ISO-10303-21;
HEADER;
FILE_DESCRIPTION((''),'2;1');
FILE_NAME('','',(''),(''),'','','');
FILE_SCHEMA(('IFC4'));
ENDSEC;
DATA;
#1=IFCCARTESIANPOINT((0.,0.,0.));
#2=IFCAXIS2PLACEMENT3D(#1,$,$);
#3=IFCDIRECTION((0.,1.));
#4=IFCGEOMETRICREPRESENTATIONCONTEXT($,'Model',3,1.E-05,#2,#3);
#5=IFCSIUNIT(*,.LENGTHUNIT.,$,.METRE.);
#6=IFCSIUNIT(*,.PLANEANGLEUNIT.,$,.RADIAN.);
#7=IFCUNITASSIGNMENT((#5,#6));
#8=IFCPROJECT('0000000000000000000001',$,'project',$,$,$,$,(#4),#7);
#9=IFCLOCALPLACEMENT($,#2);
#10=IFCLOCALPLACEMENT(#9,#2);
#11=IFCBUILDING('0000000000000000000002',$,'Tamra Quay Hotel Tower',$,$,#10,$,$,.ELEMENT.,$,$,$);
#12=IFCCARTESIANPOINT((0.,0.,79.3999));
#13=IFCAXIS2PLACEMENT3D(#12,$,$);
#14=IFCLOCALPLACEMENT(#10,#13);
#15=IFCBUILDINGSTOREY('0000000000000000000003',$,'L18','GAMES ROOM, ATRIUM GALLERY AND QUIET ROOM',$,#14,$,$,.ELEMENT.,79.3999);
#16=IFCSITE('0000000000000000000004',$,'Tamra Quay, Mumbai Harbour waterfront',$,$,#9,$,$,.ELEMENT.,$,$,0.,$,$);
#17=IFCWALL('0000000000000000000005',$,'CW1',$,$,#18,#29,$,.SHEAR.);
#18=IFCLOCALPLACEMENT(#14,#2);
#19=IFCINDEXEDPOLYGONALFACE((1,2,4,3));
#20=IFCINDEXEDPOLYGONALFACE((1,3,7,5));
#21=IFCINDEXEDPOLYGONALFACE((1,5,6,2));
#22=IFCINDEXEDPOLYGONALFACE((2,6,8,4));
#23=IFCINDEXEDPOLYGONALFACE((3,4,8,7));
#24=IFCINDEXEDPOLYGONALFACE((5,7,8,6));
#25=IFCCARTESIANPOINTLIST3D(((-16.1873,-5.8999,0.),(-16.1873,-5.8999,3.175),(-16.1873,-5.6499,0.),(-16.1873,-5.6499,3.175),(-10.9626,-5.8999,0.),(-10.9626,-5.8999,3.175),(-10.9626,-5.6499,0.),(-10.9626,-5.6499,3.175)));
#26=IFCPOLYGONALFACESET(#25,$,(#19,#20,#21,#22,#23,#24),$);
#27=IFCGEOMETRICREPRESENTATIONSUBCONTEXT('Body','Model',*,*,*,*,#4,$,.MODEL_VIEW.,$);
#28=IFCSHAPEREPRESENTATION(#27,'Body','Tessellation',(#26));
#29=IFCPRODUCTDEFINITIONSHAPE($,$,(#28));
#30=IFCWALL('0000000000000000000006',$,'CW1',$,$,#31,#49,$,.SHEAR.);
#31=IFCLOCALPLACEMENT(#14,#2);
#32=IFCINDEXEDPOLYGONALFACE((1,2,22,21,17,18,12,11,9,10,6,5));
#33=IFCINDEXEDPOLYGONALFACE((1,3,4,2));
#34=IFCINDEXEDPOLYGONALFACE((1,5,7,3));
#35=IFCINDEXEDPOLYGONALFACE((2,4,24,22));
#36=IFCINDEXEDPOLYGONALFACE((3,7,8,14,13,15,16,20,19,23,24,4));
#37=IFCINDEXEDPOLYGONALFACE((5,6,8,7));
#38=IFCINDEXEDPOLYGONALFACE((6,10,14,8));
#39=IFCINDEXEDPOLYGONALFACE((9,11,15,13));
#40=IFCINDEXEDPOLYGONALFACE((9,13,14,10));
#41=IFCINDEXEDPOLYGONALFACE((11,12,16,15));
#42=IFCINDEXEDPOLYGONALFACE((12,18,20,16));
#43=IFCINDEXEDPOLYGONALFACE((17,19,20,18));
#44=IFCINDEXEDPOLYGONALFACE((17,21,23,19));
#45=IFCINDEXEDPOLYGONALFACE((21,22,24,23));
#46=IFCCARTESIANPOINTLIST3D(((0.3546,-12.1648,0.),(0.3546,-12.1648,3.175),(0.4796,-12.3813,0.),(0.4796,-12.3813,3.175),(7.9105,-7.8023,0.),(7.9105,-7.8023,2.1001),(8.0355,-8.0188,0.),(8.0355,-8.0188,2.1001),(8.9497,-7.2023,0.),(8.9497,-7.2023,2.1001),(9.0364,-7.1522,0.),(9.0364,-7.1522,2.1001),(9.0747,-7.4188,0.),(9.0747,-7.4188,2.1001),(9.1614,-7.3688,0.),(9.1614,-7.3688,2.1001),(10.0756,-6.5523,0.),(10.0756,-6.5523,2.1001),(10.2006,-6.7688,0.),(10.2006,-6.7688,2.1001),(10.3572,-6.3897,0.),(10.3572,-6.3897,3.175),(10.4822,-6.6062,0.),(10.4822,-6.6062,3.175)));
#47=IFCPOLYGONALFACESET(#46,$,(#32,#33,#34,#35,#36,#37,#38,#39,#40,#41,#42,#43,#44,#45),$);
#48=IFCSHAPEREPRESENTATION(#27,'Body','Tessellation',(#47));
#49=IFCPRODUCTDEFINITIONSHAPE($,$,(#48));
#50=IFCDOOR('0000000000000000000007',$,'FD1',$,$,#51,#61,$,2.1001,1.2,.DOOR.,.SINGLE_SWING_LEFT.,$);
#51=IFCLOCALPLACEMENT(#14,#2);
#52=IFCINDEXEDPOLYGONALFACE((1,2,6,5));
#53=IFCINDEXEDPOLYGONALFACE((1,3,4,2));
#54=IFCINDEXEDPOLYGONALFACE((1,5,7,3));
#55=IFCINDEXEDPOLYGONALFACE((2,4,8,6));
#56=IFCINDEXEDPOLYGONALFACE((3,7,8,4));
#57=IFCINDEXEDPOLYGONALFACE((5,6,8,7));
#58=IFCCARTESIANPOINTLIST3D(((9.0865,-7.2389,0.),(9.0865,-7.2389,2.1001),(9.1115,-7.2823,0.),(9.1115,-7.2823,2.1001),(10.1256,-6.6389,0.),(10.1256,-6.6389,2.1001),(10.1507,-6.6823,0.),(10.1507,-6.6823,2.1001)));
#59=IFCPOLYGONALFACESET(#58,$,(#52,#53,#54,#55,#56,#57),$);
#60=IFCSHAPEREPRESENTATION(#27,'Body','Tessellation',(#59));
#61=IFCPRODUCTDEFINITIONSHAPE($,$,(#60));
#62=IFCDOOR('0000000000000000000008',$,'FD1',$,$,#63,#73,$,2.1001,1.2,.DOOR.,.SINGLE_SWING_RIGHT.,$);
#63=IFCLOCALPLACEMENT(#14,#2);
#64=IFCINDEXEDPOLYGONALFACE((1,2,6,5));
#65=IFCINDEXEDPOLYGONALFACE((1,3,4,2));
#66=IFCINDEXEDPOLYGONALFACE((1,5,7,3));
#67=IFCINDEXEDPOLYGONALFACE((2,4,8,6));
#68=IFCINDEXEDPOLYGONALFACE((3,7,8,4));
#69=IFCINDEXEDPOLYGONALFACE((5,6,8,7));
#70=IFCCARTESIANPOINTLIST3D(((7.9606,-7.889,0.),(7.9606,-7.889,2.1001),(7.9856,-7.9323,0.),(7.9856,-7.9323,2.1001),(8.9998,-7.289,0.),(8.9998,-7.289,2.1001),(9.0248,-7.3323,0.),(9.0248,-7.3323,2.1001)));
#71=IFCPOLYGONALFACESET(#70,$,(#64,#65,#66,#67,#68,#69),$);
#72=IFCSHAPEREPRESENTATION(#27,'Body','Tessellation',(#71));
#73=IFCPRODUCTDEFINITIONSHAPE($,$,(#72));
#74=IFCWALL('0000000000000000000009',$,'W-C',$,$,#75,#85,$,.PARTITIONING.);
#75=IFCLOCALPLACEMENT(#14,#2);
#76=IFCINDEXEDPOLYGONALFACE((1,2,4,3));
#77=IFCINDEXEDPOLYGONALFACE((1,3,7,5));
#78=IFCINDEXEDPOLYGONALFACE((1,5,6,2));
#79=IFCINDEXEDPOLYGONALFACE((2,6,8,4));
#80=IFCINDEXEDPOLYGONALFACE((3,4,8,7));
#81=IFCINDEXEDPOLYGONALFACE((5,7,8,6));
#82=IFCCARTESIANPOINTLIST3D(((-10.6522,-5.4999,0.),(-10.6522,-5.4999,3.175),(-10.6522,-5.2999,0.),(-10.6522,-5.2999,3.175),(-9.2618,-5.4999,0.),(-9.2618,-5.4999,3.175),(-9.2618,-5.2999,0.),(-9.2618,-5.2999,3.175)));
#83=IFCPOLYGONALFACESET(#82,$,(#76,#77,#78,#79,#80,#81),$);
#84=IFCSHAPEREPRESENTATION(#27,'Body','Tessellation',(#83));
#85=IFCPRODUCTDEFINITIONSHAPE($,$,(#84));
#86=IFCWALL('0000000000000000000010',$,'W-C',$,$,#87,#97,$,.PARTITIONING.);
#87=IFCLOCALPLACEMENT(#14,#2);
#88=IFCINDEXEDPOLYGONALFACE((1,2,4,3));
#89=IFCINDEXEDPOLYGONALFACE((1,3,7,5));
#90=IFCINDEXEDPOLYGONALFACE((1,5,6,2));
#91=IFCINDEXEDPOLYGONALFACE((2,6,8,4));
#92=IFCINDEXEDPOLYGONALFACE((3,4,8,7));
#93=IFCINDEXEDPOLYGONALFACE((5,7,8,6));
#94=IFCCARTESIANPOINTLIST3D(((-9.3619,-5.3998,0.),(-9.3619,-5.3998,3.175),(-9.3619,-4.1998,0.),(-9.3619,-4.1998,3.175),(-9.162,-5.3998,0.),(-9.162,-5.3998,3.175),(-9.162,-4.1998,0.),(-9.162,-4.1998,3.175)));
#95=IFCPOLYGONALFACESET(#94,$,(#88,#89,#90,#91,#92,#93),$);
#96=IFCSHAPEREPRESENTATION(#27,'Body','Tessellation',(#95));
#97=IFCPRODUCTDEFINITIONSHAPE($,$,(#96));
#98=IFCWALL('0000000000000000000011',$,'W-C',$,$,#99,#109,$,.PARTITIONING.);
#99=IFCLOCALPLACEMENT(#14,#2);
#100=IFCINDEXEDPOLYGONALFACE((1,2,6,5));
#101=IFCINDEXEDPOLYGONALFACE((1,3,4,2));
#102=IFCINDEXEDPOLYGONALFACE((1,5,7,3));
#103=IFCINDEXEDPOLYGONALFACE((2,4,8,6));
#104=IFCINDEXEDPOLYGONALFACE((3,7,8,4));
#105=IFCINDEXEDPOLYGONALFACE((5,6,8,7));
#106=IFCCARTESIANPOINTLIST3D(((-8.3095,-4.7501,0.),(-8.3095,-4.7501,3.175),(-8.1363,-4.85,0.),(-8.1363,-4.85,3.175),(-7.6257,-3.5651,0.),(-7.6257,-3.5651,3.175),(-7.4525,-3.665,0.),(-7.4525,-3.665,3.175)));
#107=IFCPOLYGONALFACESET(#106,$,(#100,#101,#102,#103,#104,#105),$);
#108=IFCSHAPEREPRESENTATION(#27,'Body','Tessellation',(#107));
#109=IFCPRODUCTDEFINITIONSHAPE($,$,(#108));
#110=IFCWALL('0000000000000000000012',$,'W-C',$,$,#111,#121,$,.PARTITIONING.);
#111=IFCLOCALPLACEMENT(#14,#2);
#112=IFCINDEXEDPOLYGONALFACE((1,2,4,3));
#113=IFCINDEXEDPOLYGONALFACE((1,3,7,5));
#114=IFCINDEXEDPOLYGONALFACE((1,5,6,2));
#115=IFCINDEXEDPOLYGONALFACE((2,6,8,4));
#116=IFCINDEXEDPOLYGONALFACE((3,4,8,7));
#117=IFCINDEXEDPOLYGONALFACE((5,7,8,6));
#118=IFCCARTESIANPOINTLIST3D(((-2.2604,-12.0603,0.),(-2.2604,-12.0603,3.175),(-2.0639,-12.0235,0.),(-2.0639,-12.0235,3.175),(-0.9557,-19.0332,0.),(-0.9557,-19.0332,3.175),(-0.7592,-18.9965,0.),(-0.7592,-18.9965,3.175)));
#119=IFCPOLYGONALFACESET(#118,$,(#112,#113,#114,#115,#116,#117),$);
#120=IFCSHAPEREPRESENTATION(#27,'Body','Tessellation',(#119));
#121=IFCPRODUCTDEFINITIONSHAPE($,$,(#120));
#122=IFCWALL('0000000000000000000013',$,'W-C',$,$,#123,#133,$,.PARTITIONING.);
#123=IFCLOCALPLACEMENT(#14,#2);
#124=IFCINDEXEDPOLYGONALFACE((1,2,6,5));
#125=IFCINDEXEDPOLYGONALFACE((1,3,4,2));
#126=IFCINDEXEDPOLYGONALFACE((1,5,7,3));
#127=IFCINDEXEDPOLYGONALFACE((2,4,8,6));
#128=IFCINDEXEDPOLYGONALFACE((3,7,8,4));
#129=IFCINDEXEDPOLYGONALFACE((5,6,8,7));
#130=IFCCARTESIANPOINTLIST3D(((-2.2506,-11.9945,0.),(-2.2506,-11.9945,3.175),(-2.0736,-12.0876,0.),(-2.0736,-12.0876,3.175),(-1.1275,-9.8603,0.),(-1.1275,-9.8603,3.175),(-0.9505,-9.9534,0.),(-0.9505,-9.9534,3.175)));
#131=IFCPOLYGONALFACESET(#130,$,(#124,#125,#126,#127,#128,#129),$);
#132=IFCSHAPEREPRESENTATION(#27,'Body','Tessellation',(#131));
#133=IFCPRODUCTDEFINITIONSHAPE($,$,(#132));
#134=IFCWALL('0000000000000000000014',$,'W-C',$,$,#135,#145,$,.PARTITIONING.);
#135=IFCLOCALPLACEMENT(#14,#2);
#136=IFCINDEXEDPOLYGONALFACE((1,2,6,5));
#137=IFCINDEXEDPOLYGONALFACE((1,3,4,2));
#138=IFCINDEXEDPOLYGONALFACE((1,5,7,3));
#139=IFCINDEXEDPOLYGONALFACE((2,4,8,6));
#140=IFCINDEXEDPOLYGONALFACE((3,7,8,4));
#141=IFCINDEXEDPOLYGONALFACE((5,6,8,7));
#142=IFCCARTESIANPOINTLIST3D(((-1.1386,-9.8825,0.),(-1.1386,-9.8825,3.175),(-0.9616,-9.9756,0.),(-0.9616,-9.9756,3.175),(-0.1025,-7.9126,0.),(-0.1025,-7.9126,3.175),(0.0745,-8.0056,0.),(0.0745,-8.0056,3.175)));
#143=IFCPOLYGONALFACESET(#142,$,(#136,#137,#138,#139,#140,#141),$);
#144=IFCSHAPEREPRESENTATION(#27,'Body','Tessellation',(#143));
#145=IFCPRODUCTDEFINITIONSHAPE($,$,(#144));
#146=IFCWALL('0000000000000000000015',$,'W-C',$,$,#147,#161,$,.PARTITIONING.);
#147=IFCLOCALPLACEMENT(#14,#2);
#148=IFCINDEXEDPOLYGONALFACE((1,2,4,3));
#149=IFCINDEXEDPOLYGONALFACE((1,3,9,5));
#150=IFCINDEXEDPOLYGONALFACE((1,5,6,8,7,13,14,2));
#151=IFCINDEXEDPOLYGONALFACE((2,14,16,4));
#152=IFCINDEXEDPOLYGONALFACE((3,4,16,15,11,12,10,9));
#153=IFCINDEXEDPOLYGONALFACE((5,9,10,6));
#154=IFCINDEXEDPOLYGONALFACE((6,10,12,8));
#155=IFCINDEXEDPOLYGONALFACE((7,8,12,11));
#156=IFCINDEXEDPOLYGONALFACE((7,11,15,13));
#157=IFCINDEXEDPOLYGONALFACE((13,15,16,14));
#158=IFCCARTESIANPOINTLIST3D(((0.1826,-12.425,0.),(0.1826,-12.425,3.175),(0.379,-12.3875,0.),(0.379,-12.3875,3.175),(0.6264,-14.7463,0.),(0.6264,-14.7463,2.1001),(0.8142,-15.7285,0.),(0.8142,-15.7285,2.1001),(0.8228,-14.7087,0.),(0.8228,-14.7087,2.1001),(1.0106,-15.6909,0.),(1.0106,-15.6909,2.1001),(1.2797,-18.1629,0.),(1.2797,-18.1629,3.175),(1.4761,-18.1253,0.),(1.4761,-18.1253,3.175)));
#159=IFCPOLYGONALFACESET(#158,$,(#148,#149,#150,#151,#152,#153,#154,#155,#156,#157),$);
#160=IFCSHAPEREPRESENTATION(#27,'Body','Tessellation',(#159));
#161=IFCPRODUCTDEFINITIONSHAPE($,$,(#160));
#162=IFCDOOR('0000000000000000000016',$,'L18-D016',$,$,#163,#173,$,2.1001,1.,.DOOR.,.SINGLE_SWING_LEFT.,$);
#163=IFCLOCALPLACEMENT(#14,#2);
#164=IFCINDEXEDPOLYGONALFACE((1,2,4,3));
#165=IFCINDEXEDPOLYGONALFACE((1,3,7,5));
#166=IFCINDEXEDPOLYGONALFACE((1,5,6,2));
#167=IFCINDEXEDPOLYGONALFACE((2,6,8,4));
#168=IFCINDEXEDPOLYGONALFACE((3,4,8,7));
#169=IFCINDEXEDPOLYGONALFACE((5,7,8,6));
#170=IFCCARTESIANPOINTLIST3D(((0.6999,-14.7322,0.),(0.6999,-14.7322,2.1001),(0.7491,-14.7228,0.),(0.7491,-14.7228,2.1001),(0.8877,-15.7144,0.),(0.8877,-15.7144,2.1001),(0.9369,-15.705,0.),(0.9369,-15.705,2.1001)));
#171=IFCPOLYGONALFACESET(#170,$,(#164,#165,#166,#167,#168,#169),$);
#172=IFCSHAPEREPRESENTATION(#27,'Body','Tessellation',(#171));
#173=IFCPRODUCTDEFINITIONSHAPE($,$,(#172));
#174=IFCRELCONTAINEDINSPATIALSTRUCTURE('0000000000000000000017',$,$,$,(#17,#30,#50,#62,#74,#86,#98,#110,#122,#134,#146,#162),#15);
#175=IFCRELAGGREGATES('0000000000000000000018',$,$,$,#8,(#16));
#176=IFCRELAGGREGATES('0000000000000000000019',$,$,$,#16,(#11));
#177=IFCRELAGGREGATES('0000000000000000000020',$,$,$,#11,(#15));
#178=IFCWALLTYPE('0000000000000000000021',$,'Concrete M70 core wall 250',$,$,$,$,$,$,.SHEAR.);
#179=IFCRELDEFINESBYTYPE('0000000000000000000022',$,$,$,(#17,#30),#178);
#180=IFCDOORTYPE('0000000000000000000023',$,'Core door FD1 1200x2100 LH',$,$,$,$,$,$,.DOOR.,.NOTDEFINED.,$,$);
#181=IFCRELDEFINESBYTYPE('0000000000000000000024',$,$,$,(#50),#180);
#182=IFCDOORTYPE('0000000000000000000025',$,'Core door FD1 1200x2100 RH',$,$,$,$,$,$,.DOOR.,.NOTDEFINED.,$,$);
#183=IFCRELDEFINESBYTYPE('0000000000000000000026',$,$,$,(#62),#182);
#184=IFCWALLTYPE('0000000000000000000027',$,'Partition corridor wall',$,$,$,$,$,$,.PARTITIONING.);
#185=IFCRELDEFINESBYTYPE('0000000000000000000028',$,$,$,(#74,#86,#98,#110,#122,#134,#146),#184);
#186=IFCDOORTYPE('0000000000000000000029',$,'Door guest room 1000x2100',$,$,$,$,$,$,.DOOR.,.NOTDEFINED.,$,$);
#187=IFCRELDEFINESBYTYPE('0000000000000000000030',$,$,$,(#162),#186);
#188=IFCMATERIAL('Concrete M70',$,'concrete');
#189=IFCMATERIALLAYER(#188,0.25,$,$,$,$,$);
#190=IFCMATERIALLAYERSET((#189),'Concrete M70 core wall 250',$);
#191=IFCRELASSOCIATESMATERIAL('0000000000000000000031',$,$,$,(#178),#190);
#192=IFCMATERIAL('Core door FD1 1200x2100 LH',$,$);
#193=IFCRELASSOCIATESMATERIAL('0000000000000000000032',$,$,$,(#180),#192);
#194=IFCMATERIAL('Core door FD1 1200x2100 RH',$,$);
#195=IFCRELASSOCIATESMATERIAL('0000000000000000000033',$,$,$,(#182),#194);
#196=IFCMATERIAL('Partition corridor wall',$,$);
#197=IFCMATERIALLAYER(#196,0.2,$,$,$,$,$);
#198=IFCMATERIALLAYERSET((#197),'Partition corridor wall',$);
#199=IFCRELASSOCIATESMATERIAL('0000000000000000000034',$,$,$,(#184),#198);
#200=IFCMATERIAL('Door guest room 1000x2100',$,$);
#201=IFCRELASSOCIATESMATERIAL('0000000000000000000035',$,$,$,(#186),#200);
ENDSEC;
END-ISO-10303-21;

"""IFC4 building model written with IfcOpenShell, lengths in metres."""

from ifc_helpers import new_model, si_unit, direction, frame, frame_2d, origin, place, context, subcontext, project, spatial, rectangle, extrude, material, layer, layer_set, type_object, element, fill, save


model = new_model("IFC4")

# Units and contexts
model_context = context("Model", 3, precision=1e-05, world=origin(), true_north=direction((0.0, 1.0)))
body_context = subcontext(model_context, "Body", "Model", "MODEL_VIEW")
ifc_project = project(units=[si_unit("LENGTHUNIT", "METRE"), si_unit("PLANEANGLEUNIT", "RADIAN")], contexts=[model_context])

# Site, building, storey
site_placement = place(None, origin())
site = spatial("IfcSite", under=ifc_project, at=site_placement, Name="Tamra Quay, Mumbai Harbour waterfront", CompositionType="ELEMENT", RefElevation=0.0)
building_placement = place(site_placement, origin())
building = spatial("IfcBuilding", under=site, at=building_placement, Name="Tamra Quay Hotel Tower", CompositionType="ELEMENT")
storey_placement = place(building_placement, frame((0.0, 0.0, 79.3999)))
storey = spatial("IfcBuildingStorey", under=building, at=storey_placement, Name="L18", Description="GAMES ROOM, ATRIUM GALLERY AND QUIET ROOM", CompositionType="ELEMENT", Elevation=79.3999)

# Wall
ifc_material_1 = material(Name="Concrete M70", Category="concrete")
ifc_layer_1 = layer(ifc_material_1, 0.25)
ifc_layer_set_1 = layer_set([ifc_layer_1], Name="Concrete M70 core wall 250")
wall_type_1 = type_object("IfcWallType", Name="Concrete M70 core wall 250", PredefinedType="SHEAR", material=ifc_layer_set_1)
wall_1_placement = place(storey_placement, frame((-10.9626, -5.7749, 0.0), z_axis=(0.0, 0.0, 1.0), x_axis=(-1.0, 0.0, 0.0)))
element("IfcWall", 1, at=wall_1_placement, inside=storey, type_object=wall_type_1, Name="CW1", PredefinedType="SHEAR", context=body_context, shape_type="SweptSolid", body=[
    extrude(rectangle(XDim=5.2246, YDim=0.25, at=frame_2d((2.6123, 0.0))), origin(), (0.0, 0.0, 1.0), 3.175),
])

# Wall, openings, doors
wall_2_placement = place(storey_placement, frame((0.4172, -12.2729, 0.0), z_axis=(0.0, 0.0, 1.0), x_axis=(0.866022, 0.500006, 0.0)))
wall_2 = element("IfcWall", 2, at=wall_2_placement, inside=storey, type_object=wall_type_1, Name="CW1", PredefinedType="SHEAR", context=body_context, shape_type="SweptSolid", body=[
    extrude(rectangle(XDim=11.55, YDim=0.25, at=frame_2d((5.7749, 0.0))), origin(), (0.0, 0.0, 1.0), 3.175),
])
opening_1_placement = place(wall_2_placement, frame((10.0247, 0.0, 0.0)))
opening_1 = element("IfcOpeningElement", 3, at=opening_1_placement, cuts=wall_2, PredefinedType="OPENING", context=body_context, shape_type="SweptSolid", body=[
    extrude(rectangle(XDim=1.2, YDim=2.1001, at=frame_2d((0.6001, 1.05))), frame((0.0, 0.135, 0.0), z_axis=(0.0, -1.0, 0.0), x_axis=(1.0, 0.0, 0.0)), (0.0, 0.0, 1.0), 0.27),
])
opening_2_placement = place(wall_2_placement, frame((8.7246, 0.0, 0.0)))
opening_2 = element("IfcOpeningElement", 4, at=opening_2_placement, cuts=wall_2, PredefinedType="OPENING", context=body_context, shape_type="SweptSolid", body=[
    extrude(rectangle(XDim=1.2, YDim=2.1001, at=frame_2d((0.6001, 1.05))), frame((0.0, 0.135, 0.0), z_axis=(0.0, -1.0, 0.0), x_axis=(1.0, 0.0, 0.0)), (0.0, 0.0, 1.0), 0.27),
])
ifc_material_2 = material(Name="Core door FD1 1200x2100 LH")
door_type_1 = type_object("IfcDoorType", Name="Core door FD1 1200x2100 LH", OperationType="NOTDEFINED", PredefinedType="DOOR", material=ifc_material_2)
door_1_placement = place(opening_1_placement, origin())
door_1 = element("IfcDoor", 5, at=door_1_placement, inside=storey, type_object=door_type_1, Name="FD1", OperationType="SINGLE_SWING_LEFT", OverallHeight=2.1001, OverallWidth=1.2, PredefinedType="DOOR", context=body_context, shape_type="SweptSolid", body=[
    extrude(rectangle(XDim=1.2, YDim=2.1001, at=frame_2d((0.6001, 1.05))), frame((0.0, 0.0249, 0.0), z_axis=(0.0, -1.0, 0.0), x_axis=(1.0, 0.0, 0.0)), (0.0, 0.0, 1.0), 0.05),
])
fill(opening_1, door_1)
ifc_material_3 = material(Name="Core door FD1 1200x2100 RH")
door_type_2 = type_object("IfcDoorType", Name="Core door FD1 1200x2100 RH", OperationType="NOTDEFINED", PredefinedType="DOOR", material=ifc_material_3)
door_2_placement = place(opening_2_placement, origin())
door_2 = element("IfcDoor", 6, at=door_2_placement, inside=storey, type_object=door_type_2, Name="FD1", OperationType="SINGLE_SWING_RIGHT", OverallHeight=2.1001, OverallWidth=1.2, PredefinedType="DOOR", context=body_context, shape_type="SweptSolid", body=[
    extrude(rectangle(XDim=1.2, YDim=2.1001, at=frame_2d((0.6001, 1.05))), frame((0.0, 0.0249, 0.0), z_axis=(0.0, -1.0, 0.0), x_axis=(1.0, 0.0, 0.0)), (0.0, 0.0, 1.0), 0.05),
])
fill(opening_2, door_2)

# Walls
ifc_material_4 = material(Name="Partition corridor wall")
ifc_layer_2 = layer(ifc_material_4, 0.2)
ifc_layer_set_2 = layer_set([ifc_layer_2], Name="Partition corridor wall")
wall_type_2 = type_object("IfcWallType", Name="Partition corridor wall", PredefinedType="PARTITIONING", material=ifc_layer_set_2)
wall_3_placement = place(storey_placement, frame((-10.6523, -5.3999, 0.0), z_axis=(0.0, 0.0, 1.0), x_axis=(1.0, 0.0, 0.0)))
element("IfcWall", 7, at=wall_3_placement, inside=storey, type_object=wall_type_2, Name="W-C", PredefinedType="PARTITIONING", context=body_context, shape_type="SweptSolid", body=[
    extrude(rectangle(XDim=1.3904, YDim=0.2, at=frame_2d((0.6953, 0.0))), origin(), (0.0, 0.0, 1.0), 3.175),
])
wall_4_placement = place(storey_placement, frame((-9.262, -5.3999, 0.0), z_axis=(0.0, 0.0, 1.0), x_axis=(0.0, 1.0, 0.0)))
element("IfcWall", 8, at=wall_4_placement, inside=storey, type_object=wall_type_2, Name="W-C", PredefinedType="PARTITIONING", context=body_context, shape_type="SweptSolid", body=[
    extrude(rectangle(XDim=1.2, YDim=0.2, at=frame_2d((0.6001, 0.0))), origin(), (0.0, 0.0, 1.0), 3.175),
])
wall_5_placement = place(storey_placement, frame((-8.2229, -4.8, 0.0), z_axis=(0.0, 0.0, 1.0), x_axis=(0.499805, 0.866138, 0.0)))
element("IfcWall", 9, at=wall_5_placement, inside=storey, type_object=wall_type_2, Name="W-C", PredefinedType="PARTITIONING", context=body_context, shape_type="SweptSolid", body=[
    extrude(rectangle(XDim=1.3682, YDim=0.2, at=frame_2d((0.6841, 0.0))), origin(), (0.0, 0.0, 1.0), 3.175),
])
wall_6_placement = place(storey_placement, frame((-2.1621, -12.042, 0.0), z_axis=(0.0, 0.0, 1.0), x_axis=(0.183917, -0.982942, 0.0)))
element("IfcWall", 10, at=wall_6_placement, inside=storey, type_object=wall_type_2, Name="W-C", PredefinedType="PARTITIONING", context=body_context, shape_type="SweptSolid", body=[
    extrude(rectangle(XDim=7.094, YDim=0.2, at=frame_2d((3.5469, 0.0))), origin(), (0.0, 0.0, 1.0), 3.175),
])
wall_7_placement = place(storey_placement, frame((-2.1621, -12.041, 0.0), z_axis=(0.0, 0.0, 1.0), x_axis=(0.465705, 0.88494, 0.0)))
element("IfcWall", 11, at=wall_7_placement, inside=storey, type_object=wall_type_2, Name="W-C", PredefinedType="PARTITIONING", context=body_context, shape_type="SweptSolid", body=[
    extrude(rectangle(XDim=2.4116, YDim=0.2, at=frame_2d((1.2058, 0.0))), origin(), (0.0, 0.0, 1.0), 3.175),
])
wall_8_placement = place(storey_placement, frame((-1.05, -9.929, 0.0), z_axis=(0.0, 0.0, 1.0), x_axis=(0.465502, 0.885047, 0.0)))
element("IfcWall", 12, at=wall_8_placement, inside=storey, type_object=wall_type_2, Name="W-C", PredefinedType="PARTITIONING", context=body_context, shape_type="SweptSolid", body=[
    extrude(rectangle(XDim=2.2258, YDim=0.2, at=frame_2d((1.1128, 0.0))), origin(), (0.0, 0.0, 1.0), 3.175),
])

# Wall, opening, door
wall_9_placement = place(storey_placement, frame((0.2808, -12.4062, 0.0), z_axis=(0.0, 0.0, 1.0), x_axis=(0.187815, -0.982204, 0.0)))
wall_9 = element("IfcWall", 13, at=wall_9_placement, inside=storey, type_object=wall_type_2, Name="W-C", PredefinedType="PARTITIONING", context=body_context, shape_type="SweptSolid", body=[
    extrude(rectangle(XDim=5.8418, YDim=0.2, at=frame_2d((2.9209, 0.0))), origin(), (0.0, 0.0, 1.0), 3.175),
])
opening_3_placement = place(wall_9_placement, frame((2.3633, 0.0, 0.0)))
opening_3 = element("IfcOpeningElement", 14, at=opening_3_placement, cuts=wall_9, PredefinedType="OPENING", context=body_context, shape_type="SweptSolid", body=[
    extrude(rectangle(XDim=1.0, YDim=2.1001, at=frame_2d((0.5, 1.05))), frame((0.0, 0.1099, 0.0), z_axis=(0.0, -1.0, 0.0), x_axis=(1.0, 0.0, 0.0)), (0.0, 0.0, 1.0), 0.22),
])
ifc_material_5 = material(Name="Door guest room 1000x2100")
door_type_3 = type_object("IfcDoorType", Name="Door guest room 1000x2100", OperationType="NOTDEFINED", PredefinedType="DOOR", material=ifc_material_5)
door_3_placement = place(opening_3_placement, origin())
door_3 = element("IfcDoor", 15, at=door_3_placement, inside=storey, type_object=door_type_3, Name="L18-D016", OperationType="SINGLE_SWING_LEFT", OverallHeight=2.1001, OverallWidth=1.0, PredefinedType="DOOR", context=body_context, shape_type="SweptSolid", body=[
    extrude(rectangle(XDim=1.0, YDim=2.1001, at=frame_2d((0.5, 1.05))), frame((0.0, 0.0249, 0.0), z_axis=(0.0, -1.0, 0.0), x_axis=(1.0, 0.0, 0.0)), (0.0, 0.0, 1.0), 0.05),
])
fill(opening_3, door_3)

save(model, "model.ifc")
